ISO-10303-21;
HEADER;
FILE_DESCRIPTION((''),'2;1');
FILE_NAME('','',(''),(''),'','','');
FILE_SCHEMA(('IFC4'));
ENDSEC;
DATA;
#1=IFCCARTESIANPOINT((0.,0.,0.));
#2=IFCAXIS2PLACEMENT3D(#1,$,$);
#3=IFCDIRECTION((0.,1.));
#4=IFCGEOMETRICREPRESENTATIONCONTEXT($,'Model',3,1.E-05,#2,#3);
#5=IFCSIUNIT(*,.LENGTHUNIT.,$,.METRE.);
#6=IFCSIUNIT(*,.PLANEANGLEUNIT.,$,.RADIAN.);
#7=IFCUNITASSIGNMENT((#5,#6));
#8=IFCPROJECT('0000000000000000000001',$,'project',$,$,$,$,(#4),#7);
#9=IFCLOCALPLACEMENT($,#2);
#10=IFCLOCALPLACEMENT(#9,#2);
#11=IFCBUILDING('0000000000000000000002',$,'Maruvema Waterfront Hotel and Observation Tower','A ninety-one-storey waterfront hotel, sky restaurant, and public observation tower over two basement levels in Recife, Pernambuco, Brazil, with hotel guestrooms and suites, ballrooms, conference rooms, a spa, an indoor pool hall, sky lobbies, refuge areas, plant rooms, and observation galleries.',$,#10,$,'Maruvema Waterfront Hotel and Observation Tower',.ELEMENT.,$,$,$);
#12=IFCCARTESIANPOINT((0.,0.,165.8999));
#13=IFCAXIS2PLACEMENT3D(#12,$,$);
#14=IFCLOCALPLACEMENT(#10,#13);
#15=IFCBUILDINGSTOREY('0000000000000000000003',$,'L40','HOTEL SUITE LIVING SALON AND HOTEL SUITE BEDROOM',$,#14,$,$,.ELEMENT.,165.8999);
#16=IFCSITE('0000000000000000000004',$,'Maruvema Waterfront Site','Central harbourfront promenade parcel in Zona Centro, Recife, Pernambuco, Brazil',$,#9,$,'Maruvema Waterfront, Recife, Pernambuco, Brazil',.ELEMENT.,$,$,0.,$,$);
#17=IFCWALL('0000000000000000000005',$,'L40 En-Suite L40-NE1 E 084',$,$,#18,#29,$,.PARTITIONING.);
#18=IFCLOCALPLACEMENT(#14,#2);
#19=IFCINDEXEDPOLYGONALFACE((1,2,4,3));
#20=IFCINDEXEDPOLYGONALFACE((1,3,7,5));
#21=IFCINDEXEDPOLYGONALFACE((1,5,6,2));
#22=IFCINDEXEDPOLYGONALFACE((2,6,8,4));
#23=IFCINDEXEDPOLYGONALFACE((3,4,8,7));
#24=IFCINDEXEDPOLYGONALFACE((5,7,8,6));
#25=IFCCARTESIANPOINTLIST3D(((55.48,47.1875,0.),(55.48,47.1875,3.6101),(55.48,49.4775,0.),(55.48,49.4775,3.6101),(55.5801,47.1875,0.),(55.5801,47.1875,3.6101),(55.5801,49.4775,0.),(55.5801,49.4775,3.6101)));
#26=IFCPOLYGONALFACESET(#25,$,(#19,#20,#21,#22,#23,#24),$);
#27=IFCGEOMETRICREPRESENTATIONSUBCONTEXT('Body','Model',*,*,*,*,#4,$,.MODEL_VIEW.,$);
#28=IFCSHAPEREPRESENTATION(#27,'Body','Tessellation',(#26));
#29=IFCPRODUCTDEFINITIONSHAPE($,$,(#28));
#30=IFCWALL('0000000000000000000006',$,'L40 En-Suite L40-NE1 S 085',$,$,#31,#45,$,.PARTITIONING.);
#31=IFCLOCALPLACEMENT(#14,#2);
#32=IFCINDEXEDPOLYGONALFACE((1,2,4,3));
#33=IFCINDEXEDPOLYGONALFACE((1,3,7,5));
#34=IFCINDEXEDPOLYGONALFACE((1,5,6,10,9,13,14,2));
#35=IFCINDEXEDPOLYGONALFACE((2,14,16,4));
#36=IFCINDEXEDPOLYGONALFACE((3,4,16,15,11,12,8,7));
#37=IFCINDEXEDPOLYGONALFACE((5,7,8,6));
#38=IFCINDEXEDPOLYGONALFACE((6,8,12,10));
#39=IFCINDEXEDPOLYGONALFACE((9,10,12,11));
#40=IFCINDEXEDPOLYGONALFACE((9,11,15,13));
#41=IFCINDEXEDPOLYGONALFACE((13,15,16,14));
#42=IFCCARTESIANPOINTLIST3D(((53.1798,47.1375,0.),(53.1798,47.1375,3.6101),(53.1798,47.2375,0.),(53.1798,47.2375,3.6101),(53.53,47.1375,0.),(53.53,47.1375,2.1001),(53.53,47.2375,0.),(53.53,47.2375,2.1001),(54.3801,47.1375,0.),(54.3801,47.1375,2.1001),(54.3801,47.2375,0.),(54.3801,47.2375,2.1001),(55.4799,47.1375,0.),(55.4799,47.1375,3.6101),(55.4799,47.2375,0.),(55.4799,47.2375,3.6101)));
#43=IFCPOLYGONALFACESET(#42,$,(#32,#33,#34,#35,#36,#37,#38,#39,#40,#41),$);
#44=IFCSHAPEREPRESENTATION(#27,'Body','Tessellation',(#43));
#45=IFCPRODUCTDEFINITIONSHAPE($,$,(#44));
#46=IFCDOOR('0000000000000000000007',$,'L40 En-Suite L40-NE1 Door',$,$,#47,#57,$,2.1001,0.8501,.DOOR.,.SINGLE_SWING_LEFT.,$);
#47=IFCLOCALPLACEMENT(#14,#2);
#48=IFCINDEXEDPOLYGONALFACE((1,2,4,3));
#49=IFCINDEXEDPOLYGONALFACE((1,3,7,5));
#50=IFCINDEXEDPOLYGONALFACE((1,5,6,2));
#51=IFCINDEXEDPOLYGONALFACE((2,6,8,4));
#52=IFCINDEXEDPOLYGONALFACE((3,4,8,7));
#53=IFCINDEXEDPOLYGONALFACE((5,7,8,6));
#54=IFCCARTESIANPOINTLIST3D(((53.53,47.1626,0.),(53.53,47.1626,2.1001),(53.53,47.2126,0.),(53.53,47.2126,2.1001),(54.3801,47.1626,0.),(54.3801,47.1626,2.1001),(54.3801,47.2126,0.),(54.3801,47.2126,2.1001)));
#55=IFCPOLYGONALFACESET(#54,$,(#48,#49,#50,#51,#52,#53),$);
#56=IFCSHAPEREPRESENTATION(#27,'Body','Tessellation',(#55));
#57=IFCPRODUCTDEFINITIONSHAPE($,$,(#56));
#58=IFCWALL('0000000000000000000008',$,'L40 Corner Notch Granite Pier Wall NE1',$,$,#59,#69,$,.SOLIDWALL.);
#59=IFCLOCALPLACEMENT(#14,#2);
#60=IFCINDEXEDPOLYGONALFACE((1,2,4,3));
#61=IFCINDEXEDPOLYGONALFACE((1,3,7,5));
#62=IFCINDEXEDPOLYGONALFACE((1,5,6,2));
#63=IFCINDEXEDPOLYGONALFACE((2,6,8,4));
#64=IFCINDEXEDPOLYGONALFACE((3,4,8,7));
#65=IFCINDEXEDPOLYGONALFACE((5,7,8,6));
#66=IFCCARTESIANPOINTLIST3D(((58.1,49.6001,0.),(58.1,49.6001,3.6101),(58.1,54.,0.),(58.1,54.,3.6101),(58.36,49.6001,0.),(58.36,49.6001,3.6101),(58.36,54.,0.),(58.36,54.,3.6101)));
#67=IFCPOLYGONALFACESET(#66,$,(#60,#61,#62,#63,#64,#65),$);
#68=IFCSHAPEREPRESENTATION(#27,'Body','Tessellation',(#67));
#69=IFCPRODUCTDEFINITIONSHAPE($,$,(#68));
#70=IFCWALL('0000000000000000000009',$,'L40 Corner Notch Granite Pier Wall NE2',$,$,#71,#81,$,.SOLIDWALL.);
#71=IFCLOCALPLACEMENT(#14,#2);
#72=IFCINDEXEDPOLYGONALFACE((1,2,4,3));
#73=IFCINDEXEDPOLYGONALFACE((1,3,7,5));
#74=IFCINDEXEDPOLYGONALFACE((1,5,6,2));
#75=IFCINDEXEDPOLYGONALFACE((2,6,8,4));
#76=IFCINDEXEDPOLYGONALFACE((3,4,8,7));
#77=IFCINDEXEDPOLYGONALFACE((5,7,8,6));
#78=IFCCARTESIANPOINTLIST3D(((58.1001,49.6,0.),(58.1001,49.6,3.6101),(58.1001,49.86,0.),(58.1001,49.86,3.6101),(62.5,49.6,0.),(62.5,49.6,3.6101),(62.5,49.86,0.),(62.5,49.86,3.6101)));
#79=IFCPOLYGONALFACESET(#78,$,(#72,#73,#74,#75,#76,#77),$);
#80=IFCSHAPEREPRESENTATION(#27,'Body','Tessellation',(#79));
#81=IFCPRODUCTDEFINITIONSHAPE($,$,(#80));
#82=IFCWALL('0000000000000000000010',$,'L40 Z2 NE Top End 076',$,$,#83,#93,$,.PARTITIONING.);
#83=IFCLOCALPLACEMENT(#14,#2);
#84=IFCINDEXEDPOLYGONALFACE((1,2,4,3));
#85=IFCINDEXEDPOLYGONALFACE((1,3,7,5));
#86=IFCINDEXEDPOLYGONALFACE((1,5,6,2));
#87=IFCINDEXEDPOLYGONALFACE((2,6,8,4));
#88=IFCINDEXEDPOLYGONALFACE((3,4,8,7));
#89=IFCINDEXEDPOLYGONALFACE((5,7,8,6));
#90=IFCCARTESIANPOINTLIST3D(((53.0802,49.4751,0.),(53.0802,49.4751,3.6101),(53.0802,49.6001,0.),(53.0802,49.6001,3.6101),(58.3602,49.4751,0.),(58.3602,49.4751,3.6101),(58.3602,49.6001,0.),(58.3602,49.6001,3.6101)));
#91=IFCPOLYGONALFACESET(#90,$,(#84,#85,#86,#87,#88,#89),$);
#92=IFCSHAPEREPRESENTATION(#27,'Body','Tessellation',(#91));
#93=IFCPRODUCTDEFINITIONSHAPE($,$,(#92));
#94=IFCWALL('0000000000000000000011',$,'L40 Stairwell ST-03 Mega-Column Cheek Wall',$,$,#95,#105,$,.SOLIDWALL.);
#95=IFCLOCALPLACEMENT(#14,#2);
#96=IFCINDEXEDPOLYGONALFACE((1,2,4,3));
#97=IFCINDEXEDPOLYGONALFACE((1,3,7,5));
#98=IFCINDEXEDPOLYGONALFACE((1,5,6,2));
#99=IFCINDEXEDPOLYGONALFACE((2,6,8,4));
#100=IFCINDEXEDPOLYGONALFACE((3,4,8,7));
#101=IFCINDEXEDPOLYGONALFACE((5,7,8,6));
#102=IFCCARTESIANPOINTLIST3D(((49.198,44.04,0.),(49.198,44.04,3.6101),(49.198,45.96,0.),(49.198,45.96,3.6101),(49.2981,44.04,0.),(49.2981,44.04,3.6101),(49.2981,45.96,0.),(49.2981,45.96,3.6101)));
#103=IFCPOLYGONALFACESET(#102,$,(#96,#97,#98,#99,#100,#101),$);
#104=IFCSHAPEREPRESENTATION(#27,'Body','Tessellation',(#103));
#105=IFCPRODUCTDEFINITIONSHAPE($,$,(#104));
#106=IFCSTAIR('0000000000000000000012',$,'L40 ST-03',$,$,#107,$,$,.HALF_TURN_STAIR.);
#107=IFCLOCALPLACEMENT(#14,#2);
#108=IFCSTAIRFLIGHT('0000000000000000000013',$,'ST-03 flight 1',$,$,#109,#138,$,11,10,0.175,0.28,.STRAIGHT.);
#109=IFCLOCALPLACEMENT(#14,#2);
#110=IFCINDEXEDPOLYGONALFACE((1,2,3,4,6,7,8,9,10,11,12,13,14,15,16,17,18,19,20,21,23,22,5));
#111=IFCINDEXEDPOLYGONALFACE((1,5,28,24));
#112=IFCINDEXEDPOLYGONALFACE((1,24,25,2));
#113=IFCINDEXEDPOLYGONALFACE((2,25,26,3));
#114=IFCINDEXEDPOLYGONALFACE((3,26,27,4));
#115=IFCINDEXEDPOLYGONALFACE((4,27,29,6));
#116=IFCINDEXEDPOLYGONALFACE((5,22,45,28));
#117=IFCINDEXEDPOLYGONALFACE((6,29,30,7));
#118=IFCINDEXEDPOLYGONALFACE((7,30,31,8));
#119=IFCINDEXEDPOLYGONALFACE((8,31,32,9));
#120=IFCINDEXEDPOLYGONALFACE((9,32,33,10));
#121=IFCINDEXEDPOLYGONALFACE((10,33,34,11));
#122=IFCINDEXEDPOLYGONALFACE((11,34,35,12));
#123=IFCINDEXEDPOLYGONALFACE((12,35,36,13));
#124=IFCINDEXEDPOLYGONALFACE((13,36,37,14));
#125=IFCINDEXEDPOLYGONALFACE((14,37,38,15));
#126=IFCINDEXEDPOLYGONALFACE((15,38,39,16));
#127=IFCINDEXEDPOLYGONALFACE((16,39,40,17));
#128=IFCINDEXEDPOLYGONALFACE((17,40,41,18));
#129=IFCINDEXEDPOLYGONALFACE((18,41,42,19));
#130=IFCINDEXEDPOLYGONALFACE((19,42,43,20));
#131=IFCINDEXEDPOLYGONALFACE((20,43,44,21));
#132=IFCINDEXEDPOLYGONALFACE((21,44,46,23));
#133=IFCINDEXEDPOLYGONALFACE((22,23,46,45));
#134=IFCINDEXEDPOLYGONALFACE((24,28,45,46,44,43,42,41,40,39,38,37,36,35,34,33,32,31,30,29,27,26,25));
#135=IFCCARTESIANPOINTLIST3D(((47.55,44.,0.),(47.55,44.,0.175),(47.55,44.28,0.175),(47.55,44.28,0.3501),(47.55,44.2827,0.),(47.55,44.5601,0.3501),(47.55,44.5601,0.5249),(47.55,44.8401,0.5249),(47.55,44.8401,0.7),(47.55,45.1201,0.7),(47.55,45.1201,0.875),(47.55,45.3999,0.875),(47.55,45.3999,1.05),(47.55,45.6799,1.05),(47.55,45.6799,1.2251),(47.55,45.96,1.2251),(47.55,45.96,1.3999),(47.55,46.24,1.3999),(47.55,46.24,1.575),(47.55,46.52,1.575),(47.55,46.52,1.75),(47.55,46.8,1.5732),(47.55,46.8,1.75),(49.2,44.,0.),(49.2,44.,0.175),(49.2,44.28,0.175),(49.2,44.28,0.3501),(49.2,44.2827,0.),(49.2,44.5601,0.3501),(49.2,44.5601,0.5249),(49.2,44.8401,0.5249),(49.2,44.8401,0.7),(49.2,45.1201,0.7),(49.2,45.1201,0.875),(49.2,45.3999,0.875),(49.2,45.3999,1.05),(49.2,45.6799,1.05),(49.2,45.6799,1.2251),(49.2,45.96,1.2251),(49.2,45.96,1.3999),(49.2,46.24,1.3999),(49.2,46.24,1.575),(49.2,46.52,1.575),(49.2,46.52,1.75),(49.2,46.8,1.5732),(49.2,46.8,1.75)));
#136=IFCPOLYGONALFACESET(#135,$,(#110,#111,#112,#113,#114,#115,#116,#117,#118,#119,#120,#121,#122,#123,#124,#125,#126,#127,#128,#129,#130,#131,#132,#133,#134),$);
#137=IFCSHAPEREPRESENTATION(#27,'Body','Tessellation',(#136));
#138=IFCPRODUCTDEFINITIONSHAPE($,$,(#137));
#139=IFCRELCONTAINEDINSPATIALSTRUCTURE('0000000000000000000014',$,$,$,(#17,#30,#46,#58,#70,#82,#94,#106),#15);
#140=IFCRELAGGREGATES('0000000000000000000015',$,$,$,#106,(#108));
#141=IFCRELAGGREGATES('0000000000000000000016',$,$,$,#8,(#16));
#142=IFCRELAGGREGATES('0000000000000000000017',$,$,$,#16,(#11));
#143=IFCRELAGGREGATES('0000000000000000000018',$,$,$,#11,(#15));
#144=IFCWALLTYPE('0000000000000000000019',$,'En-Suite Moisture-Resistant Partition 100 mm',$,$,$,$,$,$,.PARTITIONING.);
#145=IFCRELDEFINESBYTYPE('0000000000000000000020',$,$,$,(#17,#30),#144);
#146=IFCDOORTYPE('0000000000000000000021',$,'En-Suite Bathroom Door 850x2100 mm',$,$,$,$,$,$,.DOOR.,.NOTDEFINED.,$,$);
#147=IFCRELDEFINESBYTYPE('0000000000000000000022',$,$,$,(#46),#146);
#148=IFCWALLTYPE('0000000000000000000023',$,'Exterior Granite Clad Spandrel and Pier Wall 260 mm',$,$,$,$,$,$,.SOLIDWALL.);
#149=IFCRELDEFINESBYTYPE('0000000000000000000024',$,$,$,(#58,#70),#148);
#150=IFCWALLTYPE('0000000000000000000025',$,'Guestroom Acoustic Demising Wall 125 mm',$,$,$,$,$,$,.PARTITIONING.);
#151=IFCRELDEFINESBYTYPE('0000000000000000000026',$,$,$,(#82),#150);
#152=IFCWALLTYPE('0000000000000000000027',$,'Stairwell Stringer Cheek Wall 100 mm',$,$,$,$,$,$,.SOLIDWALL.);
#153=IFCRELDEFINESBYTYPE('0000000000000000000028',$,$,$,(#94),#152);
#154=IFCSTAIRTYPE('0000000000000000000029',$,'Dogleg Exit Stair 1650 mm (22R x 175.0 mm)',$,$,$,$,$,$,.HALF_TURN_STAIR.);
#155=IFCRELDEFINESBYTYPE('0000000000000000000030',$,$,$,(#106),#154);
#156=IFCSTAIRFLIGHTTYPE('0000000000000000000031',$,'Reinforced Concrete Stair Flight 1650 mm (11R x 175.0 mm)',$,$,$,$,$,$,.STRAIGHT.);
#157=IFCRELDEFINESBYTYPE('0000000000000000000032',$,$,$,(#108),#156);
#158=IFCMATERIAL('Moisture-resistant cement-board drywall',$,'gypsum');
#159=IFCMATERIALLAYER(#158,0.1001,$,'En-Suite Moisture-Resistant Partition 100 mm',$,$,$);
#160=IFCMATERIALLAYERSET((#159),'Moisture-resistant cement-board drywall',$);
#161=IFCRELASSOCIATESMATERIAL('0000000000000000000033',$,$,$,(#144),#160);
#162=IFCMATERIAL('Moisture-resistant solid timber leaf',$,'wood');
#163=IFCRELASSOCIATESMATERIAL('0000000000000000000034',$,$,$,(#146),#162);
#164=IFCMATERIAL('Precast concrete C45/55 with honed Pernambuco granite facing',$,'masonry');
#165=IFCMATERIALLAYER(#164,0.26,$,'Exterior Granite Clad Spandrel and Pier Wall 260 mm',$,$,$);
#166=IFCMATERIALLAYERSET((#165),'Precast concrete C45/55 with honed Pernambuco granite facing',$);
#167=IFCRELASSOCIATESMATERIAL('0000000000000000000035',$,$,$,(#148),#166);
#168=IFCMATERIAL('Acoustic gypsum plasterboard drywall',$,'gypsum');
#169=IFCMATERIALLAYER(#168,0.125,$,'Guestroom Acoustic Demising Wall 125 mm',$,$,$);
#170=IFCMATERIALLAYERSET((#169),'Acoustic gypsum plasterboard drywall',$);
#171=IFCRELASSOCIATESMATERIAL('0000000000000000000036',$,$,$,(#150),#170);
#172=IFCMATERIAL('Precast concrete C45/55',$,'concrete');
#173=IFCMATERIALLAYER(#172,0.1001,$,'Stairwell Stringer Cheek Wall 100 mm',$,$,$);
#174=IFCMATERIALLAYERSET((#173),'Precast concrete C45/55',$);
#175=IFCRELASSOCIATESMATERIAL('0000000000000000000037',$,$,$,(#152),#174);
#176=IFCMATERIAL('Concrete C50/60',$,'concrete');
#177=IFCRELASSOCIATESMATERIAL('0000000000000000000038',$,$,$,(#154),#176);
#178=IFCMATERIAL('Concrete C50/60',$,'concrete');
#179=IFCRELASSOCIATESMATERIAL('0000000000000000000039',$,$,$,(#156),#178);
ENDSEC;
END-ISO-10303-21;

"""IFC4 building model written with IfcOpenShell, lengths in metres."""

from ifc_helpers import new_model, si_unit, direction, frame, frame_2d, origin, place, context, subcontext, project, spatial, polyline, rectangle, outline, extrude, material, layer, layer_set, type_object, element, fill, aggregate, save


model = new_model("IFC4")

# Units and contexts
model_context = context("Model", 3, precision=1e-05, world=origin(), true_north=direction((0.0, 1.0)))
body_context = subcontext(model_context, "Body", "Model", "MODEL_VIEW")
ifc_project = project(units=[si_unit("LENGTHUNIT", "METRE"), si_unit("PLANEANGLEUNIT", "RADIAN")], contexts=[model_context])

# Site, building, storey
site_placement = place(None, origin())
site = spatial("IfcSite", under=ifc_project, at=site_placement, Name="Maruvema Waterfront Site", Description="Central harbourfront promenade parcel in Zona Centro, Recife, Pernambuco, Brazil", LongName="Maruvema Waterfront, Recife, Pernambuco, Brazil", CompositionType="ELEMENT", RefElevation=0.0)
building_placement = place(site_placement, origin())
building = spatial("IfcBuilding", under=site, at=building_placement, Name="Maruvema Waterfront Hotel and Observation Tower", Description="A ninety-one-storey waterfront hotel, sky restaurant, and public observation tower over two basement levels in Recife, Pernambuco, Brazil, with hotel guestrooms and suites, ballrooms, conference rooms, a spa, an indoor pool hall, sky lobbies, refuge areas, plant rooms, and observation galleries.", LongName="Maruvema Waterfront Hotel and Observation Tower", CompositionType="ELEMENT")
storey_placement = place(building_placement, frame((0.0, 0.0, 165.8999)))
storey = spatial("IfcBuildingStorey", under=building, at=storey_placement, Name="L40", Description="HOTEL SUITE LIVING SALON AND HOTEL SUITE BEDROOM", CompositionType="ELEMENT", Elevation=165.8999)

# Wall
ifc_material_1 = material(Name="Moisture-resistant cement-board drywall", Category="gypsum")
ifc_layer_1 = layer(ifc_material_1, 0.1001, Name="En-Suite Moisture-Resistant Partition 100 mm")
ifc_layer_set_1 = layer_set([ifc_layer_1], Name="Moisture-resistant cement-board drywall")
wall_type_1 = type_object("IfcWallType", Name="En-Suite Moisture-Resistant Partition 100 mm", PredefinedType="PARTITIONING", material=ifc_layer_set_1)
wall_1_placement = place(storey_placement, frame((55.53, 47.1875, 0.0), z_axis=(0.0, 0.0, 1.0), x_axis=(0.0, 1.0, 0.0)))
element("IfcWall", 1, at=wall_1_placement, inside=storey, type_object=wall_type_1, Name="L40 En-Suite L40-NE1 E 084", PredefinedType="PARTITIONING", context=body_context, shape_type="SweptSolid", body=[
    extrude(rectangle(XDim=2.29, YDim=0.1001, at=frame_2d((1.145, 0.0))), origin(), (0.0, 0.0, 1.0), 3.6101),
])

# Wall, opening, door
wall_2_placement = place(storey_placement, frame((53.1799, 47.1875, 0.0), z_axis=(0.0, 0.0, 1.0), x_axis=(1.0, 0.0, 0.0)))
wall_2 = element("IfcWall", 2, at=wall_2_placement, inside=storey, type_object=wall_type_1, Name="L40 En-Suite L40-NE1 S 085", PredefinedType="PARTITIONING", context=body_context, shape_type="SweptSolid", body=[
    extrude(rectangle(XDim=2.3, YDim=0.1001, at=frame_2d((1.1499, 0.0))), origin(), (0.0, 0.0, 1.0), 3.6101),
])
opening_placement = place(wall_2_placement, frame((0.3501, 0.0, 0.0)))
opening = element("IfcOpeningElement", 3, at=opening_placement, cuts=wall_2, PredefinedType="OPENING", context=body_context, shape_type="SweptSolid", body=[
    extrude(rectangle(XDim=0.8501, YDim=2.1001, at=frame_2d((0.425, 1.05))), frame((0.0, 0.0601, 0.0), z_axis=(0.0, -1.0, 0.0), x_axis=(1.0, 0.0, 0.0)), (0.0, 0.0, 1.0), 0.1201),
])
ifc_material_2 = material(Name="Moisture-resistant solid timber leaf", Category="wood")
door_type = type_object("IfcDoorType", Name="En-Suite Bathroom Door 850x2100 mm", OperationType="NOTDEFINED", PredefinedType="DOOR", material=ifc_material_2)
door_placement = place(opening_placement, frame((0.8501, 0.0, 0.0), z_axis=(0.0, 0.0, 1.0), x_axis=(-1.0, 0.0, 0.0)))
door = element("IfcDoor", 4, at=door_placement, inside=storey, type_object=door_type, Name="L40 En-Suite L40-NE1 Door", OperationType="SINGLE_SWING_LEFT", OverallHeight=2.1001, OverallWidth=0.8501, PredefinedType="DOOR", context=body_context, shape_type="SweptSolid", body=[
    extrude(rectangle(XDim=0.8501, YDim=2.1001, at=frame_2d((0.425, 1.05))), frame((0.0, 0.0249, 0.0), z_axis=(0.0, -1.0, 0.0), x_axis=(1.0, 0.0, 0.0)), (0.0, 0.0, 1.0), 0.05),
])
fill(opening, door)

# Walls
ifc_material_3 = material(Name="Precast concrete C45/55 with honed Pernambuco granite facing", Category="masonry")
ifc_layer_2 = layer(ifc_material_3, 0.26, Name="Exterior Granite Clad Spandrel and Pier Wall 260 mm")
ifc_layer_set_2 = layer_set([ifc_layer_2], Name="Precast concrete C45/55 with honed Pernambuco granite facing")
wall_type_2 = type_object("IfcWallType", Name="Exterior Granite Clad Spandrel and Pier Wall 260 mm", PredefinedType="SOLIDWALL", material=ifc_layer_set_2)
for number, where, z_axis, x_axis, name in (
    (5, (58.23, 54.0, 0.0), (0.0, 0.0, 1.0), (0.0, -1.0, 0.0), "L40 Corner Notch Granite Pier Wall NE1"),
    (6, (58.1001, 49.73, 0.0), (0.0, 0.0, 1.0), (1.0, 0.0, 0.0), "L40 Corner Notch Granite Pier Wall NE2"),
):
    element("IfcWall", number, at=place(storey_placement, frame(where, z_axis=z_axis, x_axis=x_axis)), inside=storey, type_object=wall_type_2, Name=name, PredefinedType="SOLIDWALL", context=body_context, shape_type="SweptSolid", body=[
        extrude(rectangle(XDim=4.3999, YDim=0.26, at=frame_2d((2.2, 0.0))), origin(), (0.0, 0.0, 1.0), 3.6101),
    ])
ifc_material_4 = material(Name="Acoustic gypsum plasterboard drywall", Category="gypsum")
ifc_layer_3 = layer(ifc_material_4, 0.125, Name="Guestroom Acoustic Demising Wall 125 mm")
ifc_layer_set_3 = layer_set([ifc_layer_3], Name="Acoustic gypsum plasterboard drywall")
wall_type_3 = type_object("IfcWallType", Name="Guestroom Acoustic Demising Wall 125 mm", PredefinedType="PARTITIONING", material=ifc_layer_set_3)
wall_3_placement = place(storey_placement, frame((53.0801, 49.5376, 0.0), z_axis=(0.0, 0.0, 1.0), x_axis=(1.0, 0.0, 0.0)))
element("IfcWall", 7, at=wall_3_placement, inside=storey, type_object=wall_type_3, Name="L40 Z2 NE Top End 076", PredefinedType="PARTITIONING", context=body_context, shape_type="SweptSolid", body=[
    extrude(rectangle(XDim=5.28, YDim=0.125, at=frame_2d((2.6401, 0.0))), origin(), (0.0, 0.0, 1.0), 3.6101),
])
ifc_material_5 = material(Name="Precast concrete C45/55", Category="concrete")
ifc_layer_4 = layer(ifc_material_5, 0.1001, Name="Stairwell Stringer Cheek Wall 100 mm")
ifc_layer_set_4 = layer_set([ifc_layer_4], Name="Precast concrete C45/55")
wall_type_4 = type_object("IfcWallType", Name="Stairwell Stringer Cheek Wall 100 mm", PredefinedType="SOLIDWALL", material=ifc_layer_set_4)
wall_4_placement = place(storey_placement, frame((49.248, 44.04, 0.0), z_axis=(0.0, 0.0, 1.0), x_axis=(0.0, 1.0, 0.0)))
element("IfcWall", 8, at=wall_4_placement, inside=storey, type_object=wall_type_4, Name="L40 Stairwell ST-03 Mega-Column Cheek Wall", PredefinedType="SOLIDWALL", context=body_context, shape_type="SweptSolid", body=[
    extrude(rectangle(XDim=1.9199, YDim=0.1001, at=frame_2d((0.96, 0.0))), origin(), (0.0, 0.0, 1.0), 3.6101),
])

# Stair, stair flight
ifc_material_6 = material(Name="Concrete C50/60", Category="concrete")
stair_type = type_object("IfcStairType", Name="Dogleg Exit Stair 1650 mm (22R x 175.0 mm)", PredefinedType="HALF_TURN_STAIR", material=ifc_material_6)
stair_placement = place(storey_placement, origin())
stair = element("IfcStair", 9, at=stair_placement, inside=storey, type_object=stair_type, Name="L40 ST-03", PredefinedType="HALF_TURN_STAIR")
ifc_material_7 = material(Name="Concrete C50/60", Category="concrete")
stair_flight_type = type_object("IfcStairFlightType", Name="Reinforced Concrete Stair Flight 1650 mm (11R x 175.0 mm)", PredefinedType="STRAIGHT", material=ifc_material_7)
stair_flight_placement = place(storey_placement, frame((48.375, 44.0, 0.0), z_axis=(0.0, 0.0, 1.0), x_axis=(0.0, 1.0, 0.0)))
stair_flight = element("IfcStairFlight", 10, at=stair_flight_placement, type_object=stair_flight_type, Name="ST-03 flight 1", NumberOfRisers=11, NumberOfTreads=10, PredefinedType="STRAIGHT", RiserHeight=0.175, TreadLength=0.28, context=body_context, shape_type="SweptSolid", body=[
    extrude(outline(polyline([(0.0, 0.0), (0.0, 0.175), (0.28, 0.175), (0.28, 0.3501), (0.5601, 0.3501), (0.5601, 0.5249), (0.8401, 0.5249), (0.8401, 0.7), (1.1201, 0.7), (1.1201, 0.875), (1.3999, 0.875), (1.3999, 1.05), (1.6799, 1.05), (1.6799, 1.2251), (1.96, 1.2251), (1.96, 1.3999), (2.24, 1.3999), (2.24, 1.575), (2.52, 1.575), (2.52, 1.75), (2.8, 1.75), (2.8, 1.925), (2.8, 1.5732), (0.2827, 0.0), (0.0, 0.0)])), frame((0.0, 0.825, 0.0), z_axis=(0.0, -1.0, 0.0), x_axis=(1.0, 0.0, 0.0)), (0.0, 0.0, 1.0), 1.6499),
])
aggregate(stair, [stair_flight])

save(model, "model.ifc")
